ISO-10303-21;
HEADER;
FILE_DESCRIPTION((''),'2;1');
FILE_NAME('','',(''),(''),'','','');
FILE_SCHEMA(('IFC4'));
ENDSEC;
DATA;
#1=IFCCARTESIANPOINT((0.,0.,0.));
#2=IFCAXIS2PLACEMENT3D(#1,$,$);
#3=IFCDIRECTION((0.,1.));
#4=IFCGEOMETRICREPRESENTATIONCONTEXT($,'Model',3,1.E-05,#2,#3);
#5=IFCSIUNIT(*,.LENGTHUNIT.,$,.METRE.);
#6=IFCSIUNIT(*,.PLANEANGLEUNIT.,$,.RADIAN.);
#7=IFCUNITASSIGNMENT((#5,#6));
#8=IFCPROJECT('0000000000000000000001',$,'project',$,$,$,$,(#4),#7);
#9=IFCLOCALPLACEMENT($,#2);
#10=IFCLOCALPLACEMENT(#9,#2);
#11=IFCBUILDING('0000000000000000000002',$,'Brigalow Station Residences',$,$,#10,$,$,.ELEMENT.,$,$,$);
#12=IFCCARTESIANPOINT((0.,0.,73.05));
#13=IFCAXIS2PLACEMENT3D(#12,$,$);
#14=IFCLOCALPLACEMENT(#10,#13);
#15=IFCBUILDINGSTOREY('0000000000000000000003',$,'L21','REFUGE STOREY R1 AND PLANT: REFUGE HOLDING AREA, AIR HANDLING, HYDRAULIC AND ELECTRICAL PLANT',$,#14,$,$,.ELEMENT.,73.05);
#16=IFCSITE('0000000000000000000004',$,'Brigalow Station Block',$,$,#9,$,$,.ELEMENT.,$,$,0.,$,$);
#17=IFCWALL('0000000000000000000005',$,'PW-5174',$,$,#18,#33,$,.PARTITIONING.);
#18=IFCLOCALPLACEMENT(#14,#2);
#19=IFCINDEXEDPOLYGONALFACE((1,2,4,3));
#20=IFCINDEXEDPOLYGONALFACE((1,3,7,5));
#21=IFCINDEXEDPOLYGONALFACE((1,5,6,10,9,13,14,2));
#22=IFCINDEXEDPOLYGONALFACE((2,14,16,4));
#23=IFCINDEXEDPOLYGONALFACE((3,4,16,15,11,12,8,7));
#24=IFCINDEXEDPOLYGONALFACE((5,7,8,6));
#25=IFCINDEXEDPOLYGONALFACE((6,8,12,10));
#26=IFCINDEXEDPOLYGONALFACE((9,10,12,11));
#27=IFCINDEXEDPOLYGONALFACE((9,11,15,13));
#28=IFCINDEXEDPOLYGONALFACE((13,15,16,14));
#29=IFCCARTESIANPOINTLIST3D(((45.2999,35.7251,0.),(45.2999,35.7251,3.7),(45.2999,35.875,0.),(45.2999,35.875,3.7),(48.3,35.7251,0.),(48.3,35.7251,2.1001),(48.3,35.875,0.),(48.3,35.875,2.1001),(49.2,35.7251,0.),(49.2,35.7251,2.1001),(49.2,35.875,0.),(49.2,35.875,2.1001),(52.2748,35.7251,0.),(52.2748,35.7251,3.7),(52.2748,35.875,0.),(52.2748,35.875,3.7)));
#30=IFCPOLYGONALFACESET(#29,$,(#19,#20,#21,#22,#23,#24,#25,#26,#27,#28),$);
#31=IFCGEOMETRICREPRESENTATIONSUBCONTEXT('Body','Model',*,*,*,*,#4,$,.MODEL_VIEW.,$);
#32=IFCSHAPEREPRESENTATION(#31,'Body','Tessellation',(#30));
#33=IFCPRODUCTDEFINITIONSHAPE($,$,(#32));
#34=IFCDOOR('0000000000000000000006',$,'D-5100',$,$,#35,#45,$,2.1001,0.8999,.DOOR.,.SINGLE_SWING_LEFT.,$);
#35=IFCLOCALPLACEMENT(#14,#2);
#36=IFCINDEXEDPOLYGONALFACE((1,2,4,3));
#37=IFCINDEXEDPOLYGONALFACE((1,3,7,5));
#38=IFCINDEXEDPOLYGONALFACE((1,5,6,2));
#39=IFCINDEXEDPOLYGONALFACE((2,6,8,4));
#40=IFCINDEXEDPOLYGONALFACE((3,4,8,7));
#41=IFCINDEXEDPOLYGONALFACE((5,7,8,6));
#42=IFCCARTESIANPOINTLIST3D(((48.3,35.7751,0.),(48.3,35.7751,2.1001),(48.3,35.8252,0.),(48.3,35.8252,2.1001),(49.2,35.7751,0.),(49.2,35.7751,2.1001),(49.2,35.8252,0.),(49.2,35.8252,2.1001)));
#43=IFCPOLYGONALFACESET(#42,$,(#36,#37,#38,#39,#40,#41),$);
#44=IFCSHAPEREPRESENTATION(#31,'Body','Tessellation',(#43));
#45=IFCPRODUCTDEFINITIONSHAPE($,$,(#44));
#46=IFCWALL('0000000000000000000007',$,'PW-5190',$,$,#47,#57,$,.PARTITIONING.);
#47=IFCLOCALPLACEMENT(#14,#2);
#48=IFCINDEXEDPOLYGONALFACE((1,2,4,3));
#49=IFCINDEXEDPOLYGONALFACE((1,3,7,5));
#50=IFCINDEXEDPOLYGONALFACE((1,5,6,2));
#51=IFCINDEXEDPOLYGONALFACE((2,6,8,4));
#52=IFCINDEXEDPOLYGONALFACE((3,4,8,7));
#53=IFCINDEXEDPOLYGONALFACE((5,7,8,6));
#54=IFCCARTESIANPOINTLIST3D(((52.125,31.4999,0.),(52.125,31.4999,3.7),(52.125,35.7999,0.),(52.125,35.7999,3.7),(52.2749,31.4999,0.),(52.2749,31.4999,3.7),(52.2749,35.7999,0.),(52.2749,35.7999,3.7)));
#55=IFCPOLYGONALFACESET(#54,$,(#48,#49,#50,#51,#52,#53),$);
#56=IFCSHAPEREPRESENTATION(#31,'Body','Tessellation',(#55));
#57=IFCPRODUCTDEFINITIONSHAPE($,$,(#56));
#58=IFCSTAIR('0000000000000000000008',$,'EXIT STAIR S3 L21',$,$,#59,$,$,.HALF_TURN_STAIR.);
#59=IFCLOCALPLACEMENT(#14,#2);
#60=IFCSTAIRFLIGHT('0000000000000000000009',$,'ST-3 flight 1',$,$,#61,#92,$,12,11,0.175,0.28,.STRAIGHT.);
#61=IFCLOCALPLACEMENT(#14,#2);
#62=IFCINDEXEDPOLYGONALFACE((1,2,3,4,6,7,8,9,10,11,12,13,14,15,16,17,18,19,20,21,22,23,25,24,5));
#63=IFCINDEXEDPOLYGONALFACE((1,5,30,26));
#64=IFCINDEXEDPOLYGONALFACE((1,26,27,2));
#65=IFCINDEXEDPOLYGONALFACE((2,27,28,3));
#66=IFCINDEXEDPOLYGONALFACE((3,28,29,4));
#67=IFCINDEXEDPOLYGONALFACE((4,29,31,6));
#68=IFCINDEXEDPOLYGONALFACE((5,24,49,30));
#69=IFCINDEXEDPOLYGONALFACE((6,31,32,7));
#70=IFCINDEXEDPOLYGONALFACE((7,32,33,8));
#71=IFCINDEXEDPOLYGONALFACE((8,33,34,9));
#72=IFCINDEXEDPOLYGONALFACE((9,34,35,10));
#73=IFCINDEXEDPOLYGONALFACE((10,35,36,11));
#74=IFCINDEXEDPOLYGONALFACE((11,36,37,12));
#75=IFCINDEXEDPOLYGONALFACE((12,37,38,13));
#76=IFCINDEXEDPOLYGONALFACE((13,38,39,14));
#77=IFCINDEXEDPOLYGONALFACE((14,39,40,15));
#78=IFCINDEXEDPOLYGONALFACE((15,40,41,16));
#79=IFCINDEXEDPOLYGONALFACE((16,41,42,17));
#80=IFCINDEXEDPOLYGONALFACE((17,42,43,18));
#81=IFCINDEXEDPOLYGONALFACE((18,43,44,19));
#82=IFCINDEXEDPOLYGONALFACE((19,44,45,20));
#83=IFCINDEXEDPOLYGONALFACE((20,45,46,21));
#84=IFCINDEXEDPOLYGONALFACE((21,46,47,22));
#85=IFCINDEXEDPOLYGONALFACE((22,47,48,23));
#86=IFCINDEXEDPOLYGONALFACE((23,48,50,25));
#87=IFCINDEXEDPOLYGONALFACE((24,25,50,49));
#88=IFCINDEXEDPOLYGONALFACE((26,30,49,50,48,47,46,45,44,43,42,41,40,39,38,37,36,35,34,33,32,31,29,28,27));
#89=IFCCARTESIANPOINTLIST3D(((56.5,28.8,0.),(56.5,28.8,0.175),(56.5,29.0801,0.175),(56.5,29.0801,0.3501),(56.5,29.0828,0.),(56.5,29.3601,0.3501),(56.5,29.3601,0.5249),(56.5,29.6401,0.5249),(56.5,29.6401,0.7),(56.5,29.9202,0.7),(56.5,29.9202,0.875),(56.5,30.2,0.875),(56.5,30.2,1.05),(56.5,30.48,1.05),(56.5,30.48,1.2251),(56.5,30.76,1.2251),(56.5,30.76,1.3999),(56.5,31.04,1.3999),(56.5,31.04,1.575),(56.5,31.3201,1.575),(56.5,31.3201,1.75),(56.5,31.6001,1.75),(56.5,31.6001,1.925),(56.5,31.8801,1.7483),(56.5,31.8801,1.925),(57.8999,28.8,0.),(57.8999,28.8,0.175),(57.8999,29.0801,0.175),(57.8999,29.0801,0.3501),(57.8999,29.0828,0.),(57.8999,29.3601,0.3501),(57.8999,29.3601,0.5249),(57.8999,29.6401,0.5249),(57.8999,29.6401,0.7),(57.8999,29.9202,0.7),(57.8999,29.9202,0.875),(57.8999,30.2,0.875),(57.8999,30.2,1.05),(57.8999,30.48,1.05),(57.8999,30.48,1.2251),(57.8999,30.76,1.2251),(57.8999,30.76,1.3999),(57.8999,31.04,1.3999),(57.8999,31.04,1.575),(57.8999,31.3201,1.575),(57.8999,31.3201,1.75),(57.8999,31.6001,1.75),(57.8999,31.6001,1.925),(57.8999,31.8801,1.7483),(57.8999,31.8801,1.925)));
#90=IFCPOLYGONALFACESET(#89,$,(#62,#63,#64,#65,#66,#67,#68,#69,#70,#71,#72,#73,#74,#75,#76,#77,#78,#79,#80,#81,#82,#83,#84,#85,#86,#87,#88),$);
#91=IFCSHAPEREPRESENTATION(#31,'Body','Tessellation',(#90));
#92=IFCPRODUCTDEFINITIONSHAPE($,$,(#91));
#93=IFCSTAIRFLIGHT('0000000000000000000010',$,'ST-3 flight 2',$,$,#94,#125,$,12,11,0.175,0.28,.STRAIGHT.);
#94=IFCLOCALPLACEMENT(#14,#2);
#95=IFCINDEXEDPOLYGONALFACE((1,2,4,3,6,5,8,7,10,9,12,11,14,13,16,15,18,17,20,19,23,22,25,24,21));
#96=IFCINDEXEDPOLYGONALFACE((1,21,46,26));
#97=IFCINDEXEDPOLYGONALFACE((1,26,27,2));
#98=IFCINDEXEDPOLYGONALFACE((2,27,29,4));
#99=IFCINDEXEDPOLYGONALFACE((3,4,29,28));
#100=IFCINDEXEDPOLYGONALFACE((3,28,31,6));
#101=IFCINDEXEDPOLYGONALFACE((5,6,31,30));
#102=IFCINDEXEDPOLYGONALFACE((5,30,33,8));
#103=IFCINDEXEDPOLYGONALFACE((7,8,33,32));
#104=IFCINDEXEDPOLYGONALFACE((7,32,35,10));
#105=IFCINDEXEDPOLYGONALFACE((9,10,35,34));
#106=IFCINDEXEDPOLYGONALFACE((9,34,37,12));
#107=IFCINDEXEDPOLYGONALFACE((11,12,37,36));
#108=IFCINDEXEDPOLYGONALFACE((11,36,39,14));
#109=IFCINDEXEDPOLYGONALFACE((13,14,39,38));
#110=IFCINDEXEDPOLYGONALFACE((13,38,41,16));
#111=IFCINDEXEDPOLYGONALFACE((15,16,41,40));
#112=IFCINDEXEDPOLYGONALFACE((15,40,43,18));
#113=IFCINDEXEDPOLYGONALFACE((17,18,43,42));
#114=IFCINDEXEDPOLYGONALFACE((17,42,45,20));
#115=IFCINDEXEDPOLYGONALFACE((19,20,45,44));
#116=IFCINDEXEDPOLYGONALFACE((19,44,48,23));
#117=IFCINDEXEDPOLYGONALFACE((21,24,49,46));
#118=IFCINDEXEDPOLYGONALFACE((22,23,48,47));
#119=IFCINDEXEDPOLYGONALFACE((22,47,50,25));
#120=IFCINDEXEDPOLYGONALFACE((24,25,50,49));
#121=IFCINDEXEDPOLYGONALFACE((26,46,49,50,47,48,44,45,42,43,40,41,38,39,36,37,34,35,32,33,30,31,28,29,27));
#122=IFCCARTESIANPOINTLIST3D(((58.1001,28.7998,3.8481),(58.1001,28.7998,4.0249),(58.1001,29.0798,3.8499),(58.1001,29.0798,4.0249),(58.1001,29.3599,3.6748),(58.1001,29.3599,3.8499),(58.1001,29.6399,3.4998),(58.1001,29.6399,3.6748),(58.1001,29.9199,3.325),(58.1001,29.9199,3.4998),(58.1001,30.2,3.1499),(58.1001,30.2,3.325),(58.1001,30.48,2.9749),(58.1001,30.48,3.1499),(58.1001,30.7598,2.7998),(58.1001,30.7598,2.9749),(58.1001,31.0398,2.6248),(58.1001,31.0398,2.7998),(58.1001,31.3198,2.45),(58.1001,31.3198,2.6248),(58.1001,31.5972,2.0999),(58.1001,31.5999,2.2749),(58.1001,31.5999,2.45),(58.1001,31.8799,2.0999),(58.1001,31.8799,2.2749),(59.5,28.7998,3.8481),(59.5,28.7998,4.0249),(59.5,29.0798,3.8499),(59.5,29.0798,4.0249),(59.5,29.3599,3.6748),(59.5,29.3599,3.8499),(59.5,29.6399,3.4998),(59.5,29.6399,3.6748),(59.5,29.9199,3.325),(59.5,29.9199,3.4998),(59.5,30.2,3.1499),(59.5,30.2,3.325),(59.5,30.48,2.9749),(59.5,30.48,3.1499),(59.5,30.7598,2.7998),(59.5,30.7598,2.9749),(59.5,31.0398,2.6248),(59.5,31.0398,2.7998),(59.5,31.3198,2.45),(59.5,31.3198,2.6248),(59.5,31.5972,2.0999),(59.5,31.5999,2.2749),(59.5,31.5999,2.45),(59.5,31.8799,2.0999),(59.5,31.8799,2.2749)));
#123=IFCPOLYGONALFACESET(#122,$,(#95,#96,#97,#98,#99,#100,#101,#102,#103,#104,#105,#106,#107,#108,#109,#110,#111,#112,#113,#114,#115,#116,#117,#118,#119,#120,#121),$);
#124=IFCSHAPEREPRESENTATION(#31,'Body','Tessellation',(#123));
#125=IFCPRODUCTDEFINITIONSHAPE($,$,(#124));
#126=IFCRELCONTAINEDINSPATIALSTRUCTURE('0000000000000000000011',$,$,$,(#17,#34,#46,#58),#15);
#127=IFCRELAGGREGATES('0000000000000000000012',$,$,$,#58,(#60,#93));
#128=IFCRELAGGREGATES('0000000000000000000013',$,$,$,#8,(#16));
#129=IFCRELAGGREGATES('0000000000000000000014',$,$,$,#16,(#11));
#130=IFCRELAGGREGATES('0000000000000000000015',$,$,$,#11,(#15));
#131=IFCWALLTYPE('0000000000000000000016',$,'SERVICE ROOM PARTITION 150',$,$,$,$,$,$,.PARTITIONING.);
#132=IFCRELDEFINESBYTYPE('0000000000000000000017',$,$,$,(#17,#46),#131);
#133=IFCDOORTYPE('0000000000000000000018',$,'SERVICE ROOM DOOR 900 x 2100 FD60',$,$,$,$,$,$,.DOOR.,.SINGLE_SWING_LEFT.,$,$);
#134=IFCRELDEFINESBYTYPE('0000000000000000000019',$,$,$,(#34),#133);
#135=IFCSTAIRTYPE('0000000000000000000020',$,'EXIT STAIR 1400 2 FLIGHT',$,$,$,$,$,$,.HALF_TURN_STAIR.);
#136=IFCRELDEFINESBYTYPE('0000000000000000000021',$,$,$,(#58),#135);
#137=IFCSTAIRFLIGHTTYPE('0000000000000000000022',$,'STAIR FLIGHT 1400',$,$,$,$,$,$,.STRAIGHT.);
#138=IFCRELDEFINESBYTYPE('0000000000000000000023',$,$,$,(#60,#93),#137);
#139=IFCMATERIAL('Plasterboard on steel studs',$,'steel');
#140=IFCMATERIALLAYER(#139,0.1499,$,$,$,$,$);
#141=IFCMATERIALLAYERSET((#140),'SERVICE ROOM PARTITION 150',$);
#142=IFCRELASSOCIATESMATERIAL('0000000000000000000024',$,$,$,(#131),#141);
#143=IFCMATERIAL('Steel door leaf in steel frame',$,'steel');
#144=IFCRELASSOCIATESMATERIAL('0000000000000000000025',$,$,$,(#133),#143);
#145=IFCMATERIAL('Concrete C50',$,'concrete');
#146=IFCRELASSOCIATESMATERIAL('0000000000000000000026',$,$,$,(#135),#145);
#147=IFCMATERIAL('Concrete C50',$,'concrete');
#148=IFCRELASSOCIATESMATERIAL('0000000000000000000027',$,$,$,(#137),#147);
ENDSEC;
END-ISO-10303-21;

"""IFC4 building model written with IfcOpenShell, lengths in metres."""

from ifc_helpers import new_model, si_unit, direction, frame, frame_2d, origin, place, context, subcontext, project, spatial, polyline, rectangle, outline, extrude, material, layer, layer_set, type_object, element, fill, aggregate, save


model = new_model("IFC4")

# Units and contexts
model_context = context("Model", 3, precision=1e-05, world=origin(), true_north=direction((0.0, 1.0)))
body_context = subcontext(model_context, "Body", "Model", "MODEL_VIEW")
ifc_project = project(units=[si_unit("LENGTHUNIT", "METRE"), si_unit("PLANEANGLEUNIT", "RADIAN")], contexts=[model_context])

# Site, building, storey
site_placement = place(None, origin())
site = spatial("IfcSite", under=ifc_project, at=site_placement, Name="Brigalow Station Block", CompositionType="ELEMENT", RefElevation=0.0)
building_placement = place(site_placement, origin())
building = spatial("IfcBuilding", under=site, at=building_placement, Name="Brigalow Station Residences", CompositionType="ELEMENT")
storey_placement = place(building_placement, frame((0.0, 0.0, 73.05)))
storey = spatial("IfcBuildingStorey", under=building, at=storey_placement, Name="L21", Description="REFUGE STOREY R1 AND PLANT: REFUGE HOLDING AREA, AIR HANDLING, HYDRAULIC AND ELECTRICAL PLANT", CompositionType="ELEMENT", Elevation=73.05)

# Wall, opening, door
ifc_material_1 = material(Name="Plasterboard on steel studs", Category="steel")
ifc_layer_1 = layer(ifc_material_1, 0.1499)
ifc_layer_set_1 = layer_set([ifc_layer_1], Name="SERVICE ROOM PARTITION 150")
wall_type_1 = type_object("IfcWallType", Name="SERVICE ROOM PARTITION 150", PredefinedType="PARTITIONING", material=ifc_layer_set_1)
wall_1_placement = place(storey_placement, frame((45.3, 35.8, 0.0), z_axis=(0.0, 0.0, 1.0), x_axis=(1.0, 0.0, 0.0)))
wall_1 = element("IfcWall", 1, at=wall_1_placement, inside=storey, type_object=wall_type_1, Name="PW-5174", PredefinedType="PARTITIONING", context=body_context, shape_type="SweptSolid", body=[
    extrude(rectangle(XDim=6.9749, YDim=0.1499, at=frame_2d((3.4873, 0.0))), origin(), (0.0, 0.0, 1.0), 3.7),
])
opening_1_placement = place(wall_1_placement, frame((3.0, 0.0, 0.0)))
opening_1 = element("IfcOpeningElement", 2, at=opening_1_placement, cuts=wall_1, PredefinedType="OPENING", context=body_context, shape_type="SweptSolid", body=[
    extrude(rectangle(XDim=0.8999, YDim=2.1001, at=frame_2d((0.45, 1.05))), frame((0.0, 0.085, 0.0), z_axis=(0.0, -1.0, 0.0), x_axis=(1.0, 0.0, 0.0)), (0.0, 0.0, 1.0), 0.1699),
])
ifc_material_2 = material(Name="Steel door leaf in steel frame", Category="steel")
door_type_1 = type_object("IfcDoorType", Name="SERVICE ROOM DOOR 900 x 2100 FD60", OperationType="SINGLE_SWING_LEFT", PredefinedType="DOOR", material=ifc_material_2)
door_1_placement = place(opening_1_placement, frame((0.8999, 0.0, 0.0), z_axis=(0.0, 0.0, 1.0), x_axis=(-1.0, 0.0, 0.0)))
door_1 = element("IfcDoor", 3, at=door_1_placement, inside=storey, type_object=door_type_1, Name="D-5100", OperationType="SINGLE_SWING_LEFT", OverallHeight=2.1001, OverallWidth=0.8999, PredefinedType="DOOR", context=body_context, shape_type="SweptSolid", body=[
    extrude(rectangle(XDim=0.8999, YDim=2.1001, at=frame_2d((0.45, 1.05))), frame((0.0, 0.0249, 0.0), z_axis=(0.0, -1.0, 0.0), x_axis=(1.0, 0.0, 0.0)), (0.0, 0.0, 1.0), 0.05),
])
fill(opening_1, door_1)

# Wall
wall_2_placement = place(storey_placement, frame((52.2, 31.5, 0.0), z_axis=(0.0, 0.0, 1.0), x_axis=(0.0, 1.0, 0.0)))
element("IfcWall", 4, at=wall_2_placement, inside=storey, type_object=wall_type_1, Name="PW-5190", PredefinedType="PARTITIONING", context=body_context, shape_type="SweptSolid", body=[
    extrude(rectangle(XDim=4.3, YDim=0.1499, at=frame_2d((2.1499, 0.0))), origin(), (0.0, 0.0, 1.0), 3.7),
])

# Stair, stair flights
ifc_material_3 = material(Name="Concrete C50", Category="concrete")
stair_type = type_object("IfcStairType", Name="EXIT STAIR 1400 2 FLIGHT", PredefinedType="HALF_TURN_STAIR", material=ifc_material_3)
stair_placement = place(storey_placement, origin())
stair = element("IfcStair", 5, at=stair_placement, inside=storey, type_object=stair_type, Name="EXIT STAIR S3 L21", PredefinedType="HALF_TURN_STAIR")
ifc_material_4 = material(Name="Concrete C50", Category="concrete")
stair_flight_type = type_object("IfcStairFlightType", Name="STAIR FLIGHT 1400", PredefinedType="STRAIGHT", material=ifc_material_4)
stair_flight_1_placement = place(storey_placement, frame((57.2, 28.8, 0.0), z_axis=(0.0, 0.0, 1.0), x_axis=(0.0, 1.0, 0.0)))
stair_flight_1 = element("IfcStairFlight", 6, at=stair_flight_1_placement, type_object=stair_flight_type, Name="ST-3 flight 1", NumberOfRisers=12, NumberOfTreads=11, PredefinedType="STRAIGHT", RiserHeight=0.175, TreadLength=0.28, context=body_context, shape_type="SweptSolid", body=[
    extrude(outline(polyline([(0.0, 0.0), (0.0, 0.175), (0.28, 0.175), (0.28, 0.3501), (0.5601, 0.3501), (0.5601, 0.5249), (0.8401, 0.5249), (0.8401, 0.7), (1.1201, 0.7), (1.1201, 0.875), (1.3999, 0.875), (1.3999, 1.05), (1.6799, 1.05), (1.6799, 1.2251), (1.96, 1.2251), (1.96, 1.3999), (2.24, 1.3999), (2.24, 1.575), (2.52, 1.575), (2.52, 1.75), (2.8, 1.75), (2.8, 1.925), (3.0801, 1.925), (3.0801, 2.1001), (3.0801, 1.7483), (0.2827, 0.0), (0.0, 0.0)])), frame((0.0, 0.7, 0.0), z_axis=(0.0, -1.0, 0.0), x_axis=(1.0, 0.0, 0.0)), (0.0, 0.0, 1.0), 1.3999),
])
stair_flight_2_placement = place(storey_placement, frame((58.8, 31.8799, 2.0999), z_axis=(0.0, 0.0, 1.0), x_axis=(0.0, -1.0, 0.0)))
stair_flight_2 = element("IfcStairFlight", 7, at=stair_flight_2_placement, type_object=stair_flight_type, Name="ST-3 flight 2", NumberOfRisers=12, NumberOfTreads=11, PredefinedType="STRAIGHT", RiserHeight=0.175, TreadLength=0.28, context=body_context, shape_type="SweptSolid", body=[
    extrude(outline(polyline([(0.0, 0.0), (0.0, 0.175), (0.28, 0.175), (0.28, 0.3501), (0.5601, 0.3501), (0.5601, 0.5249), (0.8401, 0.5249), (0.8401, 0.7), (1.1201, 0.7), (1.1201, 0.875), (1.3999, 0.875), (1.3999, 1.05), (1.6799, 1.05), (1.6799, 1.2251), (1.96, 1.2251), (1.96, 1.3999), (2.24, 1.3999), (2.24, 1.575), (2.52, 1.575), (2.52, 1.75), (2.8, 1.75), (2.8, 1.925), (3.0801, 1.925), (3.0801, 2.1001), (3.0801, 1.7483), (0.2827, 0.0), (0.0, 0.0)])), frame((0.0, 0.7, 0.0), z_axis=(0.0, -1.0, 0.0), x_axis=(1.0, 0.0, 0.0)), (0.0, 0.0, 1.0), 1.3999),
])
aggregate(stair, [stair_flight_1, stair_flight_2])

save(model, "model.ifc")
